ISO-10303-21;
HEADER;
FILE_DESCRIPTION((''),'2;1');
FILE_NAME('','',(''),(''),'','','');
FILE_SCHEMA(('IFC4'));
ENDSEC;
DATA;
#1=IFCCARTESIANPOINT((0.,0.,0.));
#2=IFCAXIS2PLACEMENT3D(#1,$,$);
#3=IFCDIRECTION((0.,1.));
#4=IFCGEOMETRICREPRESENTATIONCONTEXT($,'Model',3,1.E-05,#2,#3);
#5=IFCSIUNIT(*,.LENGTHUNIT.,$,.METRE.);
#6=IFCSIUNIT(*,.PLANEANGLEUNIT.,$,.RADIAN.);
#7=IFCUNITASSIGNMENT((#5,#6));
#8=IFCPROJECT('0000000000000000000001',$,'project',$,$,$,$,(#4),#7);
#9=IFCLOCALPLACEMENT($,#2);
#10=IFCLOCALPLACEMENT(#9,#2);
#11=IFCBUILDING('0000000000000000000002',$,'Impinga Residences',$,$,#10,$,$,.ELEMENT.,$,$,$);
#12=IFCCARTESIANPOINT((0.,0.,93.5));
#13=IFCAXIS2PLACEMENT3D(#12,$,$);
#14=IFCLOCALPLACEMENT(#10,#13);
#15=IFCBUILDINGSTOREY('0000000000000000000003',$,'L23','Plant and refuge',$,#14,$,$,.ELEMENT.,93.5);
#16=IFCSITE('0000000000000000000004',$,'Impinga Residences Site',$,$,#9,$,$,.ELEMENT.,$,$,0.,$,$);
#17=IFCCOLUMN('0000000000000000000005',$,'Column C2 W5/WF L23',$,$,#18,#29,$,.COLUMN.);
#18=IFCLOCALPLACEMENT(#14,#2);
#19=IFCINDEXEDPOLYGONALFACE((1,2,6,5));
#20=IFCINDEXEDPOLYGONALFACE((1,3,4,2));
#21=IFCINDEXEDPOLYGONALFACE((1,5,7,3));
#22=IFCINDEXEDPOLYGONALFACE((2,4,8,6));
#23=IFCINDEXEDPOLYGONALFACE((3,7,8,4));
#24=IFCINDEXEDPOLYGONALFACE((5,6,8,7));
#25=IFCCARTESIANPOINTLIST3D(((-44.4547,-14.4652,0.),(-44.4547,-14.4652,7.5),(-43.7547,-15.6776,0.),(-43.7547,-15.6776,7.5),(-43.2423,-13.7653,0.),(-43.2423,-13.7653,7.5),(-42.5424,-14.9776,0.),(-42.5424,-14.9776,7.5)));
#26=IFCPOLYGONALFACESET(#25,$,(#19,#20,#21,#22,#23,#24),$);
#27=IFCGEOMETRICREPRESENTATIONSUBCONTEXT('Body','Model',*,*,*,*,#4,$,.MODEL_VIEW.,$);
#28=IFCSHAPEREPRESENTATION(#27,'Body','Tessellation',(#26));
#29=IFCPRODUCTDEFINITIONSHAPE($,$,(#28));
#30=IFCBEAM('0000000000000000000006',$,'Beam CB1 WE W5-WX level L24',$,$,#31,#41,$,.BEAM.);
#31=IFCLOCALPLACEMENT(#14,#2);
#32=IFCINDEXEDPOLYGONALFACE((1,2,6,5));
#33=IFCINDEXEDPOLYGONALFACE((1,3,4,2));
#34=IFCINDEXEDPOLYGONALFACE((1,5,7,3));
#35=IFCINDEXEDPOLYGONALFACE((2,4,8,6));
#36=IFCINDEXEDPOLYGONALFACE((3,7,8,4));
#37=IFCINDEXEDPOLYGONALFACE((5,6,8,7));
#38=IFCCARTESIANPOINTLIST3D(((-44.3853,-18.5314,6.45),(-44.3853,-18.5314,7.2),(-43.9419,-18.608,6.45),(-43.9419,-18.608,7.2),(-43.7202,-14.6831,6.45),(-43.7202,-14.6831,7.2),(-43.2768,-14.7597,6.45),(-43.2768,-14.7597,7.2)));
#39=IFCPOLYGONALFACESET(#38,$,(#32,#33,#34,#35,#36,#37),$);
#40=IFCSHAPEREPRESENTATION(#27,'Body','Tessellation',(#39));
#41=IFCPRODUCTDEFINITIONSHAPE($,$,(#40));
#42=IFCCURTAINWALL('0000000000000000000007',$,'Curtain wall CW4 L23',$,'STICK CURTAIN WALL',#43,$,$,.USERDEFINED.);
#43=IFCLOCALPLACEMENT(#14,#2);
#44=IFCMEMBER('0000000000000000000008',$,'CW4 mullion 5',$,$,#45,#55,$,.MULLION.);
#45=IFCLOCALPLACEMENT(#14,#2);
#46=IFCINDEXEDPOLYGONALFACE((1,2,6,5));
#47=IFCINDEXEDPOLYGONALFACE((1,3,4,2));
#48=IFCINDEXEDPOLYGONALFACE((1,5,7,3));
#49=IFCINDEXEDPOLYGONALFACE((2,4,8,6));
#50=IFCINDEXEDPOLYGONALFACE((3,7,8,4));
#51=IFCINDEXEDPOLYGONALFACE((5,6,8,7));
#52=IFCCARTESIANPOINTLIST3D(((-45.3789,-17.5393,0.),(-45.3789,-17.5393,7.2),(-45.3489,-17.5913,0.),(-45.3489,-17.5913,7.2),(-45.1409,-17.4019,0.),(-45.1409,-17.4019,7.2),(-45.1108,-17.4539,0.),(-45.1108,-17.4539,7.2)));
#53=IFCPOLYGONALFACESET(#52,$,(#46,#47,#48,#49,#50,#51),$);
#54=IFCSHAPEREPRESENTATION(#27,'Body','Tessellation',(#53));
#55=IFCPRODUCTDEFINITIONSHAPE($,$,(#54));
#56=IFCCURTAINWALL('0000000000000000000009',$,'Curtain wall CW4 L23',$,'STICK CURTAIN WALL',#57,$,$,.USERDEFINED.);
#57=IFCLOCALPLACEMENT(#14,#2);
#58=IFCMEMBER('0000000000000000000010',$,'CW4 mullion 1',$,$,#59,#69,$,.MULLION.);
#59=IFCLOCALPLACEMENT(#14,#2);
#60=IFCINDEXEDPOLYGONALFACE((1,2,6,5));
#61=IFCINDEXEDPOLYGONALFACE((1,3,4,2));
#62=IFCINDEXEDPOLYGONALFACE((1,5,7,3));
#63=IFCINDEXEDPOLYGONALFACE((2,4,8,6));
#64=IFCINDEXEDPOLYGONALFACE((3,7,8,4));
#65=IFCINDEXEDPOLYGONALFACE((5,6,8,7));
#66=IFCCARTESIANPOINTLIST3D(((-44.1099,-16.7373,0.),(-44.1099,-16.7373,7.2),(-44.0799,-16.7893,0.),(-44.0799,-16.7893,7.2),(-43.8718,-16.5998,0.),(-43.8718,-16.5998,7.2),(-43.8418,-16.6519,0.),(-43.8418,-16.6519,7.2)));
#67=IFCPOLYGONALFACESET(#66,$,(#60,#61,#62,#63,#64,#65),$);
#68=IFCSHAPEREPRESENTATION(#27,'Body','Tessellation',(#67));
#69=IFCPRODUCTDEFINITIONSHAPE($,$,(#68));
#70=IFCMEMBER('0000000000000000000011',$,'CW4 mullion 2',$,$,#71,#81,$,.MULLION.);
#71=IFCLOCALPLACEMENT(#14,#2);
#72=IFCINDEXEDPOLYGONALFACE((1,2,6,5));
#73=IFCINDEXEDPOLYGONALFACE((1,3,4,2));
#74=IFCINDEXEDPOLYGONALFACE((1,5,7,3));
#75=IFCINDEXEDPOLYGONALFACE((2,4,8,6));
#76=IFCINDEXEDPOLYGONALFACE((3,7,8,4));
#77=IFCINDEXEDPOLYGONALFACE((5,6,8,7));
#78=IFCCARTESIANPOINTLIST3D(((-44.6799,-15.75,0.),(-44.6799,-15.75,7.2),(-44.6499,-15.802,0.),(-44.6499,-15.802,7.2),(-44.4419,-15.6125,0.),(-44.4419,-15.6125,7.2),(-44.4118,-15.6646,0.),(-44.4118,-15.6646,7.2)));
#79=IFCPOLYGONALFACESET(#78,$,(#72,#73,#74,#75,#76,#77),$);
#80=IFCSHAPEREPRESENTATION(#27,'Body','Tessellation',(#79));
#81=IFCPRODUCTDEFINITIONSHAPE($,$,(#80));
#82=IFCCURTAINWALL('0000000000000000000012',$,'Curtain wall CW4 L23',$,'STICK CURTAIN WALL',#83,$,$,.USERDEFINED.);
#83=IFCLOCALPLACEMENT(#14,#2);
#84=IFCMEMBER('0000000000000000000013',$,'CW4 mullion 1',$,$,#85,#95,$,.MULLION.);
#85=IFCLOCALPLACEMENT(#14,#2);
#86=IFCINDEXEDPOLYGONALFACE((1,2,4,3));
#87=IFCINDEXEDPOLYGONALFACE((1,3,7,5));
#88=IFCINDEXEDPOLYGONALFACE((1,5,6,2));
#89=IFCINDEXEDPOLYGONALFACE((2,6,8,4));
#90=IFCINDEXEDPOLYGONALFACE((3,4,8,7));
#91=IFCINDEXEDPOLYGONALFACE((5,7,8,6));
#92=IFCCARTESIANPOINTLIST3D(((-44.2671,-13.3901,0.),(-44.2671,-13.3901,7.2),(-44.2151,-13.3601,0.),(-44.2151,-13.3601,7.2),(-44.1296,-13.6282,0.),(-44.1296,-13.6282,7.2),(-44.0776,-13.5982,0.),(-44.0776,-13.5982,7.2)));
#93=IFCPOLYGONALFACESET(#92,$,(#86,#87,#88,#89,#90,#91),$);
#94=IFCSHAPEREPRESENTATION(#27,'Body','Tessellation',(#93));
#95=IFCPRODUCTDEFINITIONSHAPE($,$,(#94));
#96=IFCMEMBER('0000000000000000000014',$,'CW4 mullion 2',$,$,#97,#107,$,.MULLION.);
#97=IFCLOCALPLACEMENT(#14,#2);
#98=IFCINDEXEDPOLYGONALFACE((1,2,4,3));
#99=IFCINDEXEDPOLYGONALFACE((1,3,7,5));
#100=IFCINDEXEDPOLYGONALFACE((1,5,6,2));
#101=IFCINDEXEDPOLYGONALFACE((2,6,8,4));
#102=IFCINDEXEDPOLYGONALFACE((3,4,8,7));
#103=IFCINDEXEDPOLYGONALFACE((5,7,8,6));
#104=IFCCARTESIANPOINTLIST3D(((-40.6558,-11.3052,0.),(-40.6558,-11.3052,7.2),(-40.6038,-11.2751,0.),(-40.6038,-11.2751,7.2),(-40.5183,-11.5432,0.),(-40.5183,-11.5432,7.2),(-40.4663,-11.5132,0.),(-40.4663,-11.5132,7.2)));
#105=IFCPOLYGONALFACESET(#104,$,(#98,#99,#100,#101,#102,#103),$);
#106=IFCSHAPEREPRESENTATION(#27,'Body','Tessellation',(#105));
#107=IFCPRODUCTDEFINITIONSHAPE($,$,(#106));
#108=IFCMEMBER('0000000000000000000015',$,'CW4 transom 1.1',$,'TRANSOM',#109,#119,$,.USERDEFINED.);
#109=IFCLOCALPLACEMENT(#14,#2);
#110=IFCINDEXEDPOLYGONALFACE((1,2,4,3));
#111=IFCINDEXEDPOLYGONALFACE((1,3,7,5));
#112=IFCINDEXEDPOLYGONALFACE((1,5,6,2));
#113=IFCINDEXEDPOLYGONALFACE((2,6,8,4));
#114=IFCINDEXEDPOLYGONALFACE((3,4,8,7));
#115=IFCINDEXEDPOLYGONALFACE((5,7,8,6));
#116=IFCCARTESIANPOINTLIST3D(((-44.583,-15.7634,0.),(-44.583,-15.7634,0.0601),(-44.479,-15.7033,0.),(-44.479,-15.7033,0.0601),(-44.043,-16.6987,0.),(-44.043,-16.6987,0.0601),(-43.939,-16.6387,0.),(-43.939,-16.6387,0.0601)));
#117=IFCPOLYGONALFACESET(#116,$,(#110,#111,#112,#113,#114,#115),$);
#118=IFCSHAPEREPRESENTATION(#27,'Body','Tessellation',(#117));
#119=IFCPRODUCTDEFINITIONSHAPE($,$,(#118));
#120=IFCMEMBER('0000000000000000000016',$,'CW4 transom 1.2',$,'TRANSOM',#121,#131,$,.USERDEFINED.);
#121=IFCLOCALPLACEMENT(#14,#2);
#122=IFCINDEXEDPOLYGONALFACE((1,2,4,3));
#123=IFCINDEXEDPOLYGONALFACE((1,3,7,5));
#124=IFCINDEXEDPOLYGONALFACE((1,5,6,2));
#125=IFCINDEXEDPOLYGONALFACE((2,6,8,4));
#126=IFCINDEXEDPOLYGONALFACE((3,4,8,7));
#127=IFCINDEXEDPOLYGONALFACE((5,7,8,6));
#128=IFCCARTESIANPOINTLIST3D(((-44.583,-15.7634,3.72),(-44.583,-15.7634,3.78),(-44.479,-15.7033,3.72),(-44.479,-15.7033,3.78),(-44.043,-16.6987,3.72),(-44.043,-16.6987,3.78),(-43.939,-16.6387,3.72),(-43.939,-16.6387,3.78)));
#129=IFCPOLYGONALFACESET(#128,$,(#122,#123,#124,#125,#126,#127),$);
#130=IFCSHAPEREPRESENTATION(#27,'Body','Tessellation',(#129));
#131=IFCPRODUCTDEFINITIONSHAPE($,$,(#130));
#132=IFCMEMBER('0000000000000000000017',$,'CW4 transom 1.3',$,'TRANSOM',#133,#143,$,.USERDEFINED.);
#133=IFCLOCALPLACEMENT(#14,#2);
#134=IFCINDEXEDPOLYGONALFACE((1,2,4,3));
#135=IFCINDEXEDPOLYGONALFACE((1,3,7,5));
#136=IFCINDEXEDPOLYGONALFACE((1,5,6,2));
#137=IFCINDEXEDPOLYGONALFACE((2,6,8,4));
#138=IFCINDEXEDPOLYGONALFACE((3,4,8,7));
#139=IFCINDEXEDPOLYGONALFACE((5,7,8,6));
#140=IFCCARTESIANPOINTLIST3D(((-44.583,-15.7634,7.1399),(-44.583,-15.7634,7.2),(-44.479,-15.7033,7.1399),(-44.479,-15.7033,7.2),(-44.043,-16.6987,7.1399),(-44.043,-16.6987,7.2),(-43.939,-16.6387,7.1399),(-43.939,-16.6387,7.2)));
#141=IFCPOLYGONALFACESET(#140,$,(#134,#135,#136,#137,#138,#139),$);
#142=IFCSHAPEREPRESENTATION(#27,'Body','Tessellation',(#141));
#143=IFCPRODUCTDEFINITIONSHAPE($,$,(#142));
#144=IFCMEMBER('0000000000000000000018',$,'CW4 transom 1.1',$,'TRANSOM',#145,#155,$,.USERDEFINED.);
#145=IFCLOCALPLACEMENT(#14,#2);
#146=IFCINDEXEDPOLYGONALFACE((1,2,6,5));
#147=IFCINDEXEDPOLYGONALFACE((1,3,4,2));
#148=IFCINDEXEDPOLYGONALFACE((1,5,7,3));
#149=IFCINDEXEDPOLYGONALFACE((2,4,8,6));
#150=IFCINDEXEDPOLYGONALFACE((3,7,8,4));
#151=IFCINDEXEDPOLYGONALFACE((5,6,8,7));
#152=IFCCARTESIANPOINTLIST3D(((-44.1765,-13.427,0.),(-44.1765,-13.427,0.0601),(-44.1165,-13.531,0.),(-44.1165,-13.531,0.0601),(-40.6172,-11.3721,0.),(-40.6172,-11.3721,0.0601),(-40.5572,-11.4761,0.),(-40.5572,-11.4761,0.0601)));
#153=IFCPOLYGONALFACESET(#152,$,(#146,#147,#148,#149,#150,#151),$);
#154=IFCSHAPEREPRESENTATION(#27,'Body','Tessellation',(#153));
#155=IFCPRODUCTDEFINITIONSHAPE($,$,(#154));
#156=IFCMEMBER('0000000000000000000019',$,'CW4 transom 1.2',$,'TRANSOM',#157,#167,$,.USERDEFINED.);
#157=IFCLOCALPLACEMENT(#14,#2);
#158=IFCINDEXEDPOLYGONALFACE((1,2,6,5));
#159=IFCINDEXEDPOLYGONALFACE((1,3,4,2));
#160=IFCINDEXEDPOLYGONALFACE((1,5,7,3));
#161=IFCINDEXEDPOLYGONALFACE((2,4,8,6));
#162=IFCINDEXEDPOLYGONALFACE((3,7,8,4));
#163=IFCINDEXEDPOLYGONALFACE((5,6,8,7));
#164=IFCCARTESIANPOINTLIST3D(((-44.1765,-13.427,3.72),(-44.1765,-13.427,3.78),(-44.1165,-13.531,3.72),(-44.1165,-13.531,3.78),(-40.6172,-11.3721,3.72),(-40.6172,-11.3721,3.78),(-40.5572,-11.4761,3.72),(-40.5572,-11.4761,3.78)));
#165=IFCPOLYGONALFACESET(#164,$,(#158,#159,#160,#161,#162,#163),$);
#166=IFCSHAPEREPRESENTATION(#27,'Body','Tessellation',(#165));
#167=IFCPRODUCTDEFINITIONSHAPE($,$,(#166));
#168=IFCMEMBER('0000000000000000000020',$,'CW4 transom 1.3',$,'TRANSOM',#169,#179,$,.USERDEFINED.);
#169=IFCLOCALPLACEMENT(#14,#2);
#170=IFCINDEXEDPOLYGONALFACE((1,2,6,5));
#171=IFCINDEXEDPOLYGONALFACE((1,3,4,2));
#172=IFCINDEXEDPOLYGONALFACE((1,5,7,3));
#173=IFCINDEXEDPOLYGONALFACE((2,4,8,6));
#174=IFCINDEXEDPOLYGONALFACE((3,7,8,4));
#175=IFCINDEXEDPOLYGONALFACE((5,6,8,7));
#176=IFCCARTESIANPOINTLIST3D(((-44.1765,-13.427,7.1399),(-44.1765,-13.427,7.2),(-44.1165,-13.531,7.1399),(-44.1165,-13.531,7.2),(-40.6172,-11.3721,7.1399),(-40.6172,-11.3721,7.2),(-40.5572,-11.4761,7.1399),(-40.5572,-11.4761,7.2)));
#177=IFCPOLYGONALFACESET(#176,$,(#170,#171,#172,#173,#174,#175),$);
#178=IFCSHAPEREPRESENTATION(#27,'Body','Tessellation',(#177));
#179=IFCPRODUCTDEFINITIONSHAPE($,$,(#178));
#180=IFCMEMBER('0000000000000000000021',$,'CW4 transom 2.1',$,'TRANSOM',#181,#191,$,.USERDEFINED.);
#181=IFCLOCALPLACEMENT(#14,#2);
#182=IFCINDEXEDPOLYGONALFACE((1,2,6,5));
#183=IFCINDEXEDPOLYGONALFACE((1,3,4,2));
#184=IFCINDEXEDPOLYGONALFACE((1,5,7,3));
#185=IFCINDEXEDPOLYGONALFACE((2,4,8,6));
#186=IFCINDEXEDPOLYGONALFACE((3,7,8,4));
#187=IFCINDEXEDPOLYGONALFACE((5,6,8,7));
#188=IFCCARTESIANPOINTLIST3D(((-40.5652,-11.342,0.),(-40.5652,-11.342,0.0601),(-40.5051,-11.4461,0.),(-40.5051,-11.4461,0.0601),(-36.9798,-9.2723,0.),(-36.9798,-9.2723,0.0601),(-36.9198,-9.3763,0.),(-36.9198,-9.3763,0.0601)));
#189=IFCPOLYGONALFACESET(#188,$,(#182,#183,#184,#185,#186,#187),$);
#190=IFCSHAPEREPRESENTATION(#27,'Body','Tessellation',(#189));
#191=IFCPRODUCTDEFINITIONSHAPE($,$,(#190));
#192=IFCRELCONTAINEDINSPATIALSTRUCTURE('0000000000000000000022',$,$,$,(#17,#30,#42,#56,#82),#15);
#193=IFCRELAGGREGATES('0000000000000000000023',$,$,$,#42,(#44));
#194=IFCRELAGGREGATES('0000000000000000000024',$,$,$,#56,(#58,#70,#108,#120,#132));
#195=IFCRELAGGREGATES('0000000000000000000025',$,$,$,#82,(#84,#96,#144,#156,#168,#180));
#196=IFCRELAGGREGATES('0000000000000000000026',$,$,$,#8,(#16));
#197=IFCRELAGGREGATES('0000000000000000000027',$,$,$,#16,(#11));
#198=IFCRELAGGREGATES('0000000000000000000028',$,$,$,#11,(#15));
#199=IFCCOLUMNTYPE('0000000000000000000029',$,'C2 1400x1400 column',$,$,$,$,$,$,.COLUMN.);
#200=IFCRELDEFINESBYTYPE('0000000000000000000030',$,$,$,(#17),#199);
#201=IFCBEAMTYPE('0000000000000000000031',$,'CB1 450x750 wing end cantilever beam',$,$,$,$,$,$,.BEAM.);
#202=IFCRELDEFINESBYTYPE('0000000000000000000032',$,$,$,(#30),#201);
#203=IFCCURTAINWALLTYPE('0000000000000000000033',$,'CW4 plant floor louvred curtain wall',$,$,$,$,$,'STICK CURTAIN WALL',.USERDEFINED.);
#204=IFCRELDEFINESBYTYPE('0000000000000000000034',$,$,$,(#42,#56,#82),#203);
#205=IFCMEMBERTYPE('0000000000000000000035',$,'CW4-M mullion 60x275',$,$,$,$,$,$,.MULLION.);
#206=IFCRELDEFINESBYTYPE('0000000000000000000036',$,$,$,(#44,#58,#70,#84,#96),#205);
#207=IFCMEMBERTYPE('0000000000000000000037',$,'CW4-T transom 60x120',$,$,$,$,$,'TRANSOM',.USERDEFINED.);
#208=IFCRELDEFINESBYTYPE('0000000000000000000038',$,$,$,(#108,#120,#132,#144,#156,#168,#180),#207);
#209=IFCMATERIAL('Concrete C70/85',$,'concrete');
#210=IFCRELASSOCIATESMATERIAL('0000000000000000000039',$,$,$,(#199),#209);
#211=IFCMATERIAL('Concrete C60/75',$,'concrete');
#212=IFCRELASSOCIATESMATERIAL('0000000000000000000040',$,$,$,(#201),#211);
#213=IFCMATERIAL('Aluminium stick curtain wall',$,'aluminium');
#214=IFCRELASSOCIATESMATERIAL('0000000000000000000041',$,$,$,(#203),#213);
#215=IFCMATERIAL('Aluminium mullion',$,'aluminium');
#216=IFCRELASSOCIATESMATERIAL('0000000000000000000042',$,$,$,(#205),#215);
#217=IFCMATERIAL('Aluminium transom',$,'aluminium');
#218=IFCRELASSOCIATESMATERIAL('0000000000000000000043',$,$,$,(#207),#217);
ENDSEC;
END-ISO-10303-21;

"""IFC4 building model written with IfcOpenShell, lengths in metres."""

from ifc_helpers import new_model, si_unit, direction, frame, origin, origin_2d, place, context, subcontext, project, spatial, rectangle, extrude, material, material_profile, profile_set, type_object, element, aggregate, save


model = new_model("IFC4")

# Units and contexts
model_context = context("Model", 3, precision=1e-05, world=origin(), true_north=direction((0.0, 1.0)))
body_context = subcontext(model_context, "Body", "Model", "MODEL_VIEW")
ifc_project = project(units=[si_unit("LENGTHUNIT", "METRE"), si_unit("PLANEANGLEUNIT", "RADIAN")], contexts=[model_context])

# Site, building, storey
site_placement = place(None, origin())
site = spatial("IfcSite", under=ifc_project, at=site_placement, Name="Impinga Residences Site", CompositionType="ELEMENT", RefElevation=0.0)
building_placement = place(site_placement, origin())
building = spatial("IfcBuilding", under=site, at=building_placement, Name="Impinga Residences", CompositionType="ELEMENT")
storey_placement = place(building_placement, frame((0.0, 0.0, 93.5)))
storey = spatial("IfcBuildingStorey", under=building, at=storey_placement, Name="L23", Description="Plant and refuge", CompositionType="ELEMENT", Elevation=93.5)

# Column
ifc_material_1 = material(Name="Concrete C70/85", Category="concrete")
ifc_material_profile_1 = material_profile(ifc_material_1, rectangle(XDim=1.3999, YDim=1.3999, at=origin_2d()), Name="RC 1400x1400")
ifc_profile_set_1 = profile_set([ifc_material_profile_1], Name="Concrete C70/85")
column_type = type_object("IfcColumnType", Name="C2 1400x1400 column", PredefinedType="COLUMN", material=ifc_profile_set_1)
column_placement = place(storey_placement, frame((-43.4985, -14.7214, 0.0), z_axis=(0.0, 0.0, 1.0), x_axis=(-0.5, 0.866025, 0.0)))
element("IfcColumn", 1, at=column_placement, inside=storey, type_object=column_type, Name="Column C2 W5/WF L23", PredefinedType="COLUMN", context=body_context, shape_type="SweptSolid", body=[
    extrude(rectangle(XDim=1.3999, YDim=1.3999, at=origin_2d()), origin(), (0.0, 0.0, 1.0), 7.5),
])

# Beam
ifc_material_2 = material(Name="Concrete C60/75", Category="concrete")
ifc_material_profile_2 = material_profile(ifc_material_2, rectangle(XDim=0.45, YDim=0.75, at=origin_2d()), Name="RC 450x750")
ifc_profile_set_2 = profile_set([ifc_material_profile_2], Name="Concrete C60/75")
beam_type = type_object("IfcBeamType", Name="CB1 450x750 wing end cantilever beam", PredefinedType="BEAM", material=ifc_profile_set_2)
beam_placement = place(storey_placement, frame((-43.4985, -14.7214, 6.825), z_axis=(-0.170296, -0.985393, 0.0), x_axis=(0.985393, -0.170296, 0.0)))
element("IfcBeam", 2, at=beam_placement, inside=storey, type_object=beam_type, Name="Beam CB1 WE W5-WX level L24", PredefinedType="BEAM", context=body_context, shape_type="SweptSolid", body=[
    extrude(rectangle(XDim=0.45, YDim=0.75, at=origin_2d()), origin(), (0.0, 0.0, 1.0), 3.9053),
])

# Curtain wall, member
ifc_material_3 = material(Name="Aluminium stick curtain wall", Category="aluminium")
curtain_wall_type = type_object("IfcCurtainWallType", Name="CW4 plant floor louvred curtain wall", ElementType="STICK CURTAIN WALL", PredefinedType="USERDEFINED", material=ifc_material_3)
curtain_wall_1_placement = place(storey_placement, origin())
curtain_wall_1 = element("IfcCurtainWall", 3, at=curtain_wall_1_placement, inside=storey, type_object=curtain_wall_type, Name="Curtain wall CW4 L23", ObjectType="STICK CURTAIN WALL", PredefinedType="USERDEFINED")
ifc_material_4 = material(Name="Aluminium mullion", Category="aluminium")
ifc_material_profile_3 = material_profile(ifc_material_4, rectangle(XDim=0.0601, YDim=0.2749, at=origin_2d()), Name="60x275 mullion")
ifc_profile_set_3 = profile_set([ifc_material_profile_3], Name="Aluminium mullion")
member_type_1 = type_object("IfcMemberType", Name="CW4-M mullion 60x275", PredefinedType="MULLION", material=ifc_profile_set_3)
member_1_placement = place(storey_placement, frame((-45.2449, -17.4966, 0.0), z_axis=(0.0, 0.0, 1.0), x_axis=(-0.5, 0.866025, 0.0)))
member_1 = element("IfcMember", 4, at=member_1_placement, type_object=member_type_1, Name="CW4 mullion 5", PredefinedType="MULLION", context=body_context, shape_type="SweptSolid", body=[
    extrude(rectangle(XDim=0.0601, YDim=0.2749, at=origin_2d()), origin(), (0.0, 0.0, 1.0), 7.2),
])

# Curtain walls, members
curtain_wall_2_placement = place(storey_placement, origin())
curtain_wall_2 = element("IfcCurtainWall", 5, at=curtain_wall_2_placement, inside=storey, type_object=curtain_wall_type, Name="Curtain wall CW4 L23", ObjectType="STICK CURTAIN WALL", PredefinedType="USERDEFINED")
member_2_placement = place(storey_placement, frame((-43.9758, -16.6946, 0.0), z_axis=(0.0, 0.0, 1.0), x_axis=(-0.5, 0.866025, 0.0)))
member_2 = element("IfcMember", 6, at=member_2_placement, type_object=member_type_1, Name="CW4 mullion 1", PredefinedType="MULLION", context=body_context, shape_type="SweptSolid", body=[
    extrude(rectangle(XDim=0.0601, YDim=0.2749, at=origin_2d()), origin(), (0.0, 0.0, 1.0), 7.2),
])
member_3_placement = place(storey_placement, frame((-44.5459, -15.7073, 0.0), z_axis=(0.0, 0.0, 1.0), x_axis=(-0.5, 0.866025, 0.0)))
member_3 = element("IfcMember", 7, at=member_3_placement, type_object=member_type_1, Name="CW4 mullion 2", PredefinedType="MULLION", context=body_context, shape_type="SweptSolid", body=[
    extrude(rectangle(XDim=0.0601, YDim=0.2749, at=origin_2d()), origin(), (0.0, 0.0, 1.0), 7.2),
])
curtain_wall_3_placement = place(storey_placement, origin())
curtain_wall_3 = element("IfcCurtainWall", 8, at=curtain_wall_3_placement, inside=storey, type_object=curtain_wall_type, Name="Curtain wall CW4 L23", ObjectType="STICK CURTAIN WALL", PredefinedType="USERDEFINED")
member_4_placement = place(storey_placement, frame((-44.1724, -13.4941, 0.0), z_axis=(0.0, 0.0, 1.0), x_axis=(0.866025, 0.5, 0.0)))
member_4 = element("IfcMember", 9, at=member_4_placement, type_object=member_type_1, Name="CW4 mullion 1", PredefinedType="MULLION", context=body_context, shape_type="SweptSolid", body=[
    extrude(rectangle(XDim=0.0601, YDim=0.2749, at=origin_2d()), origin(), (0.0, 0.0, 1.0), 7.2),
])
member_5_placement = place(storey_placement, frame((-40.561, -11.4092, 0.0), z_axis=(0.0, 0.0, 1.0), x_axis=(0.866025, 0.5, 0.0)))
member_5 = element("IfcMember", 10, at=member_5_placement, type_object=member_type_1, Name="CW4 mullion 2", PredefinedType="MULLION", context=body_context, shape_type="SweptSolid", body=[
    extrude(rectangle(XDim=0.0601, YDim=0.2749, at=origin_2d()), origin(), (0.0, 0.0, 1.0), 7.2),
])

# Members
ifc_material_5 = material(Name="Aluminium transom", Category="aluminium")
ifc_material_profile_4 = material_profile(ifc_material_5, rectangle(XDim=0.0601, YDim=0.1201, at=origin_2d()), Name="60x120 transom")
ifc_profile_set_4 = profile_set([ifc_material_profile_4], Name="Aluminium transom")
member_type_2 = type_object("IfcMemberType", Name="CW4-T transom 60x120", ElementType="TRANSOM", PredefinedType="USERDEFINED", material=ifc_profile_set_4)
member_6_placement = place(storey_placement, frame((-43.991, -16.6687, 0.03), z_axis=(-0.500029, 0.866009, 0.0), x_axis=(0.0, 0.0, 1.0)))
member_6 = element("IfcMember", 11, at=member_6_placement, type_object=member_type_2, Name="CW4 transom 1.1", ObjectType="TRANSOM", PredefinedType="USERDEFINED", context=body_context, shape_type="SweptSolid", body=[
    extrude(rectangle(XDim=0.0601, YDim=0.1201, at=origin_2d()), origin(), (0.0, 0.0, 1.0), 1.0801),
])
member_7_placement = place(storey_placement, frame((-43.991, -16.6687, 3.75), z_axis=(-0.500029, 0.866009, 0.0), x_axis=(0.0, 0.0, 1.0)))
member_7 = element("IfcMember", 12, at=member_7_placement, type_object=member_type_2, Name="CW4 transom 1.2", ObjectType="TRANSOM", PredefinedType="USERDEFINED", context=body_context, shape_type="SweptSolid", body=[
    extrude(rectangle(XDim=0.0601, YDim=0.1201, at=origin_2d()), origin(), (0.0, 0.0, 1.0), 1.0801),
])
member_8_placement = place(storey_placement, frame((-43.991, -16.6687, 7.1699), z_axis=(-0.500029, 0.866009, 0.0), x_axis=(0.0, 0.0, 1.0)))
member_8 = element("IfcMember", 13, at=member_8_placement, type_object=member_type_2, Name="CW4 transom 1.3", ObjectType="TRANSOM", PredefinedType="USERDEFINED", context=body_context, shape_type="SweptSolid", body=[
    extrude(rectangle(XDim=0.0601, YDim=0.1201, at=origin_2d()), origin(), (0.0, 0.0, 1.0), 1.0801),
])
member_9_placement = place(storey_placement, frame((-44.1465, -13.479, 0.03), z_axis=(0.86603, 0.499992, 0.0), x_axis=(0.0, 0.0, 1.0)))
member_9 = element("IfcMember", 14, at=member_9_placement, type_object=member_type_2, Name="CW4 transom 1.1", ObjectType="TRANSOM", PredefinedType="USERDEFINED", context=body_context, shape_type="SweptSolid", body=[
    extrude(rectangle(XDim=0.0601, YDim=0.1201, at=origin_2d()), origin(), (0.0, 0.0, 1.0), 4.1099),
])
member_10_placement = place(storey_placement, frame((-44.1465, -13.479, 3.75), z_axis=(0.86603, 0.499992, 0.0), x_axis=(0.0, 0.0, 1.0)))
member_10 = element("IfcMember", 15, at=member_10_placement, type_object=member_type_2, Name="CW4 transom 1.2", ObjectType="TRANSOM", PredefinedType="USERDEFINED", context=body_context, shape_type="SweptSolid", body=[
    extrude(rectangle(XDim=0.0601, YDim=0.1201, at=origin_2d()), origin(), (0.0, 0.0, 1.0), 4.1099),
])
member_11_placement = place(storey_placement, frame((-44.1465, -13.479, 7.1699), z_axis=(0.86603, 0.499992, 0.0), x_axis=(0.0, 0.0, 1.0)))
member_11 = element("IfcMember", 16, at=member_11_placement, type_object=member_type_2, Name="CW4 transom 1.3", ObjectType="TRANSOM", PredefinedType="USERDEFINED", context=body_context, shape_type="SweptSolid", body=[
    extrude(rectangle(XDim=0.0601, YDim=0.1201, at=origin_2d()), origin(), (0.0, 0.0, 1.0), 4.1099),
])
member_12_placement = place(storey_placement, frame((-40.5352, -11.394, 0.03), z_axis=(0.86605, 0.499957, 0.0), x_axis=(0.0, 0.0, 1.0)))
member_12 = element("IfcMember", 17, at=member_12_placement, type_object=member_type_2, Name="CW4 transom 2.1", ObjectType="TRANSOM", PredefinedType="USERDEFINED", context=body_context, shape_type="SweptSolid", body=[
    extrude(rectangle(XDim=0.0601, YDim=0.1201, at=origin_2d()), origin(), (0.0, 0.0, 1.0), 4.1399),
])

aggregate(curtain_wall_1, [member_1])
aggregate(curtain_wall_2, [member_2, member_3, member_6, member_7, member_8])
aggregate(curtain_wall_3, [member_4, member_5, member_9, member_10, member_11, member_12])

save(model, "model.ifc")
